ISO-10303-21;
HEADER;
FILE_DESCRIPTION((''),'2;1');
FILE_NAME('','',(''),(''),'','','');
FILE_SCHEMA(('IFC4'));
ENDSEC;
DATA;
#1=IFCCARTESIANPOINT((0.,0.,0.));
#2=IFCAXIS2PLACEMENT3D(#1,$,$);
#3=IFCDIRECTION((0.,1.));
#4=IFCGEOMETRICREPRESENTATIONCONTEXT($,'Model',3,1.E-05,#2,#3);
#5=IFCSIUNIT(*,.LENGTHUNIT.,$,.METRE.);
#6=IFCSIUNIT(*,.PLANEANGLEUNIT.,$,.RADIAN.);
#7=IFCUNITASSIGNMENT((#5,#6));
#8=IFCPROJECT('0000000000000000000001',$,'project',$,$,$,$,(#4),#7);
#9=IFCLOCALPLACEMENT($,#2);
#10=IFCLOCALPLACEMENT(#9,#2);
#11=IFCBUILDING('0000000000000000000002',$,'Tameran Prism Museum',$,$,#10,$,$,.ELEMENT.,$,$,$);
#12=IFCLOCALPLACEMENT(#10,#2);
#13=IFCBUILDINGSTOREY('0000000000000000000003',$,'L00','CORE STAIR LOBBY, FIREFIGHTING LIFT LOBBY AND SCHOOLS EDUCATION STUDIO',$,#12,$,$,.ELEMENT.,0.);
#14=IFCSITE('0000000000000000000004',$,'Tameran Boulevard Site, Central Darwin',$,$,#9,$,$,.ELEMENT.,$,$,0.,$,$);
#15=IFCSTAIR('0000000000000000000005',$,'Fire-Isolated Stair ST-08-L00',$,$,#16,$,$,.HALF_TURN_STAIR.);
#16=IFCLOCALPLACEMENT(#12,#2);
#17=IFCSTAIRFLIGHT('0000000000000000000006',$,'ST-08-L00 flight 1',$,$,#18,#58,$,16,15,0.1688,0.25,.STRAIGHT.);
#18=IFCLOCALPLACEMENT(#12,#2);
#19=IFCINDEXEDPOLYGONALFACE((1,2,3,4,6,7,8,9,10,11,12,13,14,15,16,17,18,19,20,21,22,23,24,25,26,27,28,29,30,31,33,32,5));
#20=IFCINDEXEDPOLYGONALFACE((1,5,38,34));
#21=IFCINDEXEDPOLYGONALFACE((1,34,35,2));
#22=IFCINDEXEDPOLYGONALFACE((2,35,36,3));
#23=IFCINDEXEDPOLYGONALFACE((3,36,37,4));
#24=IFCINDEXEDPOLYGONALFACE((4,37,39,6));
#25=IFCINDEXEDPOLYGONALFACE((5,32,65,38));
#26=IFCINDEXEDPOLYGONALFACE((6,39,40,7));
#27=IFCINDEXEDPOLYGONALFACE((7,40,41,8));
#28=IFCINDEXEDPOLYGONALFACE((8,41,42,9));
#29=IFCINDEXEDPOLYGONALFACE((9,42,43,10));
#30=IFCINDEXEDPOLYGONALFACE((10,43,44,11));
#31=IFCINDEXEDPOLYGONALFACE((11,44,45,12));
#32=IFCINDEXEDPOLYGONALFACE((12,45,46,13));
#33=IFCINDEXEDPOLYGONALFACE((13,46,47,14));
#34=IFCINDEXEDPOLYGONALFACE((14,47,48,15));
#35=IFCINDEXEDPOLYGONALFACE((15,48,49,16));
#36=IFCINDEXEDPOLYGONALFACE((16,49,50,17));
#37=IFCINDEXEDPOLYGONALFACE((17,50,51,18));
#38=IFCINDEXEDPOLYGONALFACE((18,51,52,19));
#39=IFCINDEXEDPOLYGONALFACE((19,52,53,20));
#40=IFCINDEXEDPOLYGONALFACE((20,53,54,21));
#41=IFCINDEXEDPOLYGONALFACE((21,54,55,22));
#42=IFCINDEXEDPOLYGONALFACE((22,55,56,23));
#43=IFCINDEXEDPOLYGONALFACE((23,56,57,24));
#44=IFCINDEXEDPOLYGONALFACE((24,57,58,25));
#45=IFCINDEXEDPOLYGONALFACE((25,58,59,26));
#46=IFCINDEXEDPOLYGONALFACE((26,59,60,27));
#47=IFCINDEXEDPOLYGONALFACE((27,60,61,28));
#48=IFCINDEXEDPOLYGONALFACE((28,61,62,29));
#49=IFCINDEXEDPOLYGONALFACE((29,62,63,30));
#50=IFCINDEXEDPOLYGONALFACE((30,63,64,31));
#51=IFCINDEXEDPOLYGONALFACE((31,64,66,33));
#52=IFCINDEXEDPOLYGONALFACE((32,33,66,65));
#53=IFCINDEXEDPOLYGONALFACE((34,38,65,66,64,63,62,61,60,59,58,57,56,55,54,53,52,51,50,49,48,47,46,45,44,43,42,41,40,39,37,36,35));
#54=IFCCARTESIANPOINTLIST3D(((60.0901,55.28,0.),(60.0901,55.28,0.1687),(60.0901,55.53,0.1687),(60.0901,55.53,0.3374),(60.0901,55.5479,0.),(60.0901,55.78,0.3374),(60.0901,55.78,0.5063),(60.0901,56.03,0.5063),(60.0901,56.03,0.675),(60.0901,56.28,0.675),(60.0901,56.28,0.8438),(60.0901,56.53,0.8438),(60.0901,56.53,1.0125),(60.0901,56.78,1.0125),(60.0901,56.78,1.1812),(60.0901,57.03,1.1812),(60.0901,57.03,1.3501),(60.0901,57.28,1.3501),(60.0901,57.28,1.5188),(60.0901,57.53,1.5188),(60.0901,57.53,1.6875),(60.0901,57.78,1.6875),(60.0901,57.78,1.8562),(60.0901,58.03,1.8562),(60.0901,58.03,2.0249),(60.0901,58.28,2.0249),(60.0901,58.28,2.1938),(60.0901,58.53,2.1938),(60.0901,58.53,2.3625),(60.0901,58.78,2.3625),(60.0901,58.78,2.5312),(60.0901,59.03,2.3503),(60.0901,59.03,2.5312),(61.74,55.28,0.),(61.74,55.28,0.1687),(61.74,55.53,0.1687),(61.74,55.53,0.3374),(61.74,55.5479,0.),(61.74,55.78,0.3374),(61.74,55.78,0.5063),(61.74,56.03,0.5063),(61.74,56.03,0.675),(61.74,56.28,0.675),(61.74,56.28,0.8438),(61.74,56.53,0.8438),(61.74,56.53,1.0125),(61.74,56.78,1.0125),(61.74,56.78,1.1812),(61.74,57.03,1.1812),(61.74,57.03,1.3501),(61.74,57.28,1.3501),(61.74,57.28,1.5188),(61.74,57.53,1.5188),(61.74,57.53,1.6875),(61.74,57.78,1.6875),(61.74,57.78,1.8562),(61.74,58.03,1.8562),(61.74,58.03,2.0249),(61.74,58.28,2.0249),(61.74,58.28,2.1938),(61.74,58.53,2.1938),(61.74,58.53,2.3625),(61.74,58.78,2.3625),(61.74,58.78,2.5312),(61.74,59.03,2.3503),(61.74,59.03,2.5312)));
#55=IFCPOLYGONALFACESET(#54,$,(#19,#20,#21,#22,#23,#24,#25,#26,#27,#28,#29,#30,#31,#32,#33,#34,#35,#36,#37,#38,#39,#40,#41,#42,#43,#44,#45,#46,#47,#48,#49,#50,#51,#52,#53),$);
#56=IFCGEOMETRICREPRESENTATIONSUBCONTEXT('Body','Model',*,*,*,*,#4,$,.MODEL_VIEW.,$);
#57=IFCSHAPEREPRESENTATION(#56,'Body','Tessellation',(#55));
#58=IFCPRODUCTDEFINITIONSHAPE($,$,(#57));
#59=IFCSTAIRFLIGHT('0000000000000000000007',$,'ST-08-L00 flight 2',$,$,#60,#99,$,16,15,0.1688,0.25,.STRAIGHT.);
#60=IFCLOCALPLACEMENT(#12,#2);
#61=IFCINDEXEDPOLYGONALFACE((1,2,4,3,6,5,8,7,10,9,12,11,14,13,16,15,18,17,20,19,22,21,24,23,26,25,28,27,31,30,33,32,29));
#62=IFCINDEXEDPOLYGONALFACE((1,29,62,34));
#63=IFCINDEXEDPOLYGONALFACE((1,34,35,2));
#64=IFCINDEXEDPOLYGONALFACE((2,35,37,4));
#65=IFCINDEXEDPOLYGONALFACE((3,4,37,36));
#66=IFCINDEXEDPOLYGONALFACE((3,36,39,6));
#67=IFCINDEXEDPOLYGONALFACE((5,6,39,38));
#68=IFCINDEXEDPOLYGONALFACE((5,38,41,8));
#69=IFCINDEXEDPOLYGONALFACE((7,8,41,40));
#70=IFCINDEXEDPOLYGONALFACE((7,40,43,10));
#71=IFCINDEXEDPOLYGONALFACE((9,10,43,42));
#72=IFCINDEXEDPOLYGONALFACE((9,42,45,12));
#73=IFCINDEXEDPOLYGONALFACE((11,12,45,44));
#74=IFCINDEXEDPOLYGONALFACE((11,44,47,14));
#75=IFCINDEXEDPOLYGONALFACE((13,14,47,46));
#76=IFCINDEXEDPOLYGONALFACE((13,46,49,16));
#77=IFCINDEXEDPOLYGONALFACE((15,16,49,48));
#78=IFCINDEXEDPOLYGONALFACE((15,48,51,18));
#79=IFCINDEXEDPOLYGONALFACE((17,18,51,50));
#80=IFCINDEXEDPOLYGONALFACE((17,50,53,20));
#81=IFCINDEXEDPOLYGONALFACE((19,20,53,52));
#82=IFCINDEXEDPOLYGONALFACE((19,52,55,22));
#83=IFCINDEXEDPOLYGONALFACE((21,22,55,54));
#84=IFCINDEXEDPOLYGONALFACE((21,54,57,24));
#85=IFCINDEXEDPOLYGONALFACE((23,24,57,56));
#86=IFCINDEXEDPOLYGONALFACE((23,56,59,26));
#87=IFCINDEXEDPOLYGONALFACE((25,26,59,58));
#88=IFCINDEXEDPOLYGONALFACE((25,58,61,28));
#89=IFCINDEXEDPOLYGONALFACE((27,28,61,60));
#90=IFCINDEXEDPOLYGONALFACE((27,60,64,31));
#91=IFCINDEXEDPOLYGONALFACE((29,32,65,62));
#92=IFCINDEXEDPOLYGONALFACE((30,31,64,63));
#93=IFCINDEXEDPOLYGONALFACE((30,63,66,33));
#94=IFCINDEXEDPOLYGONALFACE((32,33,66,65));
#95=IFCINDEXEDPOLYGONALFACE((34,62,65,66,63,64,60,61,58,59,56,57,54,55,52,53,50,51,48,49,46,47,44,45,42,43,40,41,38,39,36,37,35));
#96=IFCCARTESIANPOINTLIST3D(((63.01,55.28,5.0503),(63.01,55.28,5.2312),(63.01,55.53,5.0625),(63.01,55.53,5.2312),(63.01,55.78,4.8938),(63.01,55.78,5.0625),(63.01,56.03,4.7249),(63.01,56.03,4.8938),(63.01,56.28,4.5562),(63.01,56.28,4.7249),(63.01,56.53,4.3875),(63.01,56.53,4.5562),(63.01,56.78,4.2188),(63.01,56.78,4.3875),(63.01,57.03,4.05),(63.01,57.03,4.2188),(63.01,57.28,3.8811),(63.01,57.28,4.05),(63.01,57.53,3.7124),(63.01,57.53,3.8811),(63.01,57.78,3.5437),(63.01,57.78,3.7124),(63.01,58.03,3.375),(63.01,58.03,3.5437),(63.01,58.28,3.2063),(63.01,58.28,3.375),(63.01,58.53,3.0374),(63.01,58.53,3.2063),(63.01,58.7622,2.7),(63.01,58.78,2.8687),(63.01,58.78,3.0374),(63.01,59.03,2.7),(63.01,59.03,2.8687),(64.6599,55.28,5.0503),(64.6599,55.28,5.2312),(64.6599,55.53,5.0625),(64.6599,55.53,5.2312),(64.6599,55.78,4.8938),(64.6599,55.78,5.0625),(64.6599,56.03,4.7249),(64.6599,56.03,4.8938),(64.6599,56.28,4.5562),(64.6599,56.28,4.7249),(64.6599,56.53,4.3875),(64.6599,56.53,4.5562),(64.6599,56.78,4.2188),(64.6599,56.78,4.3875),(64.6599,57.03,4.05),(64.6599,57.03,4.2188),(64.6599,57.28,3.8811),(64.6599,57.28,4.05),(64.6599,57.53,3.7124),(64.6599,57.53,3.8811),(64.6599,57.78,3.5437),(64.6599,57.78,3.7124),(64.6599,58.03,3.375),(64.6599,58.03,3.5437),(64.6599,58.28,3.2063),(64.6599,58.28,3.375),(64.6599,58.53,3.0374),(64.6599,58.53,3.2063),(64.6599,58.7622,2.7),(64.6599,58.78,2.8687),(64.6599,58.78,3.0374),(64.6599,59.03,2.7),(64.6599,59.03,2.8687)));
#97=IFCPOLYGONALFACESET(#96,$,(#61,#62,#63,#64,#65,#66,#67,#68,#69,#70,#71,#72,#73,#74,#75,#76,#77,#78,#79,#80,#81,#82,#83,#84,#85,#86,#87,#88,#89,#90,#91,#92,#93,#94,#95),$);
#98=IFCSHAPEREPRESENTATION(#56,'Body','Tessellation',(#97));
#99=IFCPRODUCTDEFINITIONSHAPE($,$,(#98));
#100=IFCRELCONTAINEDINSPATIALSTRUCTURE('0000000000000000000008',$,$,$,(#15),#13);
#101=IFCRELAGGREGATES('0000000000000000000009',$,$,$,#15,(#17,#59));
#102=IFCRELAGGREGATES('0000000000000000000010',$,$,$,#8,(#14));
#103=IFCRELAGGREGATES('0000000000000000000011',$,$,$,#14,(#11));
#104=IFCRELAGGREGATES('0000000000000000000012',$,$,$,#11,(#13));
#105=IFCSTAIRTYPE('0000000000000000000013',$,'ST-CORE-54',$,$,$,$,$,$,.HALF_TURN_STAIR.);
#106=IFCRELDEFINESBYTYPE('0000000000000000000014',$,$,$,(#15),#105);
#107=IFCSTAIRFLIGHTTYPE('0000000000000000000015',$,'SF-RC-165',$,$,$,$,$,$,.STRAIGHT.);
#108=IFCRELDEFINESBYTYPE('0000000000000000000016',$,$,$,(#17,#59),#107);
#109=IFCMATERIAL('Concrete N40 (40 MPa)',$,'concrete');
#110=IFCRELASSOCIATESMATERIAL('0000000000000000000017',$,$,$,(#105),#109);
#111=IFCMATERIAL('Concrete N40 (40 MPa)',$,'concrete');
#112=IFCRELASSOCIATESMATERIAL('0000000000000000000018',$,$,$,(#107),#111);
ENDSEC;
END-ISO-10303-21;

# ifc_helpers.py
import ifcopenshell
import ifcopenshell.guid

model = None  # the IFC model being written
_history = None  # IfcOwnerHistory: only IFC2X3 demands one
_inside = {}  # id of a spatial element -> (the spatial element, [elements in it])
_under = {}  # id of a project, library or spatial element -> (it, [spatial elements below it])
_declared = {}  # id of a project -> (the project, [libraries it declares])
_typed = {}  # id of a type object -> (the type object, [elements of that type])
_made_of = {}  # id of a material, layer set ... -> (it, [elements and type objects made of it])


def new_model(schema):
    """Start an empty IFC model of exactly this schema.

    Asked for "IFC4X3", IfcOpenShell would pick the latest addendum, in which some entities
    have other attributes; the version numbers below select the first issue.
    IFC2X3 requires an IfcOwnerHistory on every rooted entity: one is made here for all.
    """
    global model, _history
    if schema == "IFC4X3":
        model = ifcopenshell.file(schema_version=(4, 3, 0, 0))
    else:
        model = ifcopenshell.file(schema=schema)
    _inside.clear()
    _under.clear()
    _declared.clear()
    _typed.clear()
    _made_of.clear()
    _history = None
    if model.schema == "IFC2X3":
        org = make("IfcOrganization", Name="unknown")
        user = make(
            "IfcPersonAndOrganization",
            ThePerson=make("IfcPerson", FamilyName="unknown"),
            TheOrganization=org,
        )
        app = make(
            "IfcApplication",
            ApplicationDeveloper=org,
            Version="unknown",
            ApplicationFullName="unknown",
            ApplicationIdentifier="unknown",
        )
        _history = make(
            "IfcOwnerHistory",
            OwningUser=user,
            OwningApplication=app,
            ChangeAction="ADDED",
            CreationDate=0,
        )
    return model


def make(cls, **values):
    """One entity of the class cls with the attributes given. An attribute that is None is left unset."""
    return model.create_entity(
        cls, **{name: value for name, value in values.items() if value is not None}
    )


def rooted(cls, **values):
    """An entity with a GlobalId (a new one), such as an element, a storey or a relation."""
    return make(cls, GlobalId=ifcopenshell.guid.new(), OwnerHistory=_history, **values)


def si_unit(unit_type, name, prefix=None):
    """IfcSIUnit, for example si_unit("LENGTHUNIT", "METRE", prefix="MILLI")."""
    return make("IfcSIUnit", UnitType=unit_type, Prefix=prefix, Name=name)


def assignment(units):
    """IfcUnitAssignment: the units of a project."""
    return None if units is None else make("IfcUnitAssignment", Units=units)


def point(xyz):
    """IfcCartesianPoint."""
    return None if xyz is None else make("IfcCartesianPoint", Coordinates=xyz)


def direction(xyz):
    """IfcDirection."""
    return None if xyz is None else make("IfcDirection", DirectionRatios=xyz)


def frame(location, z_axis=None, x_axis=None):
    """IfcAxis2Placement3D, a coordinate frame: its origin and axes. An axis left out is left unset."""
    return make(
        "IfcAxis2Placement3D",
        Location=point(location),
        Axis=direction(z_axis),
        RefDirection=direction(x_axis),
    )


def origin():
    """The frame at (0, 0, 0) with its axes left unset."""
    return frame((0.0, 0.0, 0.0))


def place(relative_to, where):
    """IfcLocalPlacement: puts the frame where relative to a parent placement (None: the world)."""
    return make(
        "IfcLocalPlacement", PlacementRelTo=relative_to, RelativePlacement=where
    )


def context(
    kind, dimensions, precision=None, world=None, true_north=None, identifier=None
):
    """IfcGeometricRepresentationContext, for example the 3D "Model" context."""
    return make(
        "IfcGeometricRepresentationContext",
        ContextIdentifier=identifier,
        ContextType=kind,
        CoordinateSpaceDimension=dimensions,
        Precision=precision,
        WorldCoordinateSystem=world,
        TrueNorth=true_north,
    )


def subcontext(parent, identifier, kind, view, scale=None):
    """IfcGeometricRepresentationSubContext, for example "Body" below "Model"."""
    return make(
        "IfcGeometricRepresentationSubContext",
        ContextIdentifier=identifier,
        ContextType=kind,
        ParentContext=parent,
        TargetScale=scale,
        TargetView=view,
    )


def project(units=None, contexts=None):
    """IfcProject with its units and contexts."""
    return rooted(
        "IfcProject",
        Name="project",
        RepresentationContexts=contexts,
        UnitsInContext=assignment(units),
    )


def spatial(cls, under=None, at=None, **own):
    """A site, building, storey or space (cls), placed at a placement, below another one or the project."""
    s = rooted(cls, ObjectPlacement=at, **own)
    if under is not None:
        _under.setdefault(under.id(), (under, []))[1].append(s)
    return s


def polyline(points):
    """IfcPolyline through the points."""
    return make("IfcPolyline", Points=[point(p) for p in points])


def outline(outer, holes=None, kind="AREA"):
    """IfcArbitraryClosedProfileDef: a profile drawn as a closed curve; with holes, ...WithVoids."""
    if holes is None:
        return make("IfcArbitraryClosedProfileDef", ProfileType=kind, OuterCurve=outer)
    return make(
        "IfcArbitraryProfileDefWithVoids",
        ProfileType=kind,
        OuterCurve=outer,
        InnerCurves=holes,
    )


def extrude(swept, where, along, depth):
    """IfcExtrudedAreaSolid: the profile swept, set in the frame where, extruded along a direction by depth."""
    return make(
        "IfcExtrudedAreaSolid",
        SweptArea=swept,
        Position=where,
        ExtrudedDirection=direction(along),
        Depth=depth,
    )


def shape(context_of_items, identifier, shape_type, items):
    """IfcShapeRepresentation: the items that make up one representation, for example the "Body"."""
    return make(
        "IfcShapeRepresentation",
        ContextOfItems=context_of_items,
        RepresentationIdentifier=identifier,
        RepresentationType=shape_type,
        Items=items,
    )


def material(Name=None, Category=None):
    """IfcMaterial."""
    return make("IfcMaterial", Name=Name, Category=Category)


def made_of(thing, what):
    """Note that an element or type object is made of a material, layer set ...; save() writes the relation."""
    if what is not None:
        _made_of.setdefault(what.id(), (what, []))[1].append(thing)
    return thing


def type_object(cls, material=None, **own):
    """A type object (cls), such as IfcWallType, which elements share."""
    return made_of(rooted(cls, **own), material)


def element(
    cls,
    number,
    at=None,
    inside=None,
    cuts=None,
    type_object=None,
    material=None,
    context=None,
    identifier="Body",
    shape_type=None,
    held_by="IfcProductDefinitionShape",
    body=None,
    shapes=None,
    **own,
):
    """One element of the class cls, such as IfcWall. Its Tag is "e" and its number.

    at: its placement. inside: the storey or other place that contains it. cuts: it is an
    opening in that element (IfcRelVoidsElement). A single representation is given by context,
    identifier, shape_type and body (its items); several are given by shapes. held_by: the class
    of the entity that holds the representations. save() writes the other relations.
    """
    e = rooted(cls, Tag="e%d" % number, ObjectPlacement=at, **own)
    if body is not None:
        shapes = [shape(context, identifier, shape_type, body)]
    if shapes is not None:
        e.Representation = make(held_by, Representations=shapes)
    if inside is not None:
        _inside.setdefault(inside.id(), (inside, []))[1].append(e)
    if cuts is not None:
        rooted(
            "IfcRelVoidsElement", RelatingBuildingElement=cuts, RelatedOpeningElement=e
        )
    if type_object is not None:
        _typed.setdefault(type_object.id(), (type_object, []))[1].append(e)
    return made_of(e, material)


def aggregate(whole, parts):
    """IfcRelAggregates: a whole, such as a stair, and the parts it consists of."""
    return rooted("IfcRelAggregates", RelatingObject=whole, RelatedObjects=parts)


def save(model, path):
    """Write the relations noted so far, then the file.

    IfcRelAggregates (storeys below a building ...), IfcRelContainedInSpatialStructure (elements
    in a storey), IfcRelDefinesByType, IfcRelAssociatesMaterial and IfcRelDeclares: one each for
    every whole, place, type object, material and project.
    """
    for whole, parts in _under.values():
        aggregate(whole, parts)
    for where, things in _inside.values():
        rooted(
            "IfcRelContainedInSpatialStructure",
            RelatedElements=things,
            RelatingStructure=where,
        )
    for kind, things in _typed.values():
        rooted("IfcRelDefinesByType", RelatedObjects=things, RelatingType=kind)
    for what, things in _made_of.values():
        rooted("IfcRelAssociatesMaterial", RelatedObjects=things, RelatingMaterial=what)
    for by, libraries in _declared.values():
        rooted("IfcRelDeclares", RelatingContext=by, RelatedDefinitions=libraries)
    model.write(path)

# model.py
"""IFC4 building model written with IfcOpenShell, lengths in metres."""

from ifc_helpers import new_model, si_unit, direction, frame, origin, place, context, subcontext, project, spatial, polyline, outline, extrude, material, type_object, element, aggregate, save


model = new_model("IFC4")

# Units and contexts
model_context = context("Model", 3, precision=1e-05, world=origin(), true_north=direction((0.0, 1.0)))
body_context = subcontext(model_context, "Body", "Model", "MODEL_VIEW")
ifc_project = project(units=[si_unit("LENGTHUNIT", "METRE"), si_unit("PLANEANGLEUNIT", "RADIAN")], contexts=[model_context])

# Site, building, storey
site_placement = place(None, origin())
site = spatial("IfcSite", under=ifc_project, at=site_placement, Name="Tameran Boulevard Site, Central Darwin", CompositionType="ELEMENT", RefElevation=0.0)
building_placement = place(site_placement, origin())
building = spatial("IfcBuilding", under=site, at=building_placement, Name="Tameran Prism Museum", CompositionType="ELEMENT")
storey_placement = place(building_placement, origin())
storey = spatial("IfcBuildingStorey", under=building, at=storey_placement, Name="L00", Description="CORE STAIR LOBBY, FIREFIGHTING LIFT LOBBY AND SCHOOLS EDUCATION STUDIO", CompositionType="ELEMENT", Elevation=0.0)

# Stair, stair flights
ifc_material_1 = material(Name="Concrete N40 (40 MPa)", Category="concrete")
stair_type = type_object("IfcStairType", Name="ST-CORE-54", PredefinedType="HALF_TURN_STAIR", material=ifc_material_1)
stair_placement = place(storey_placement, origin())
stair = element("IfcStair", 1, at=stair_placement, inside=storey, type_object=stair_type, Name="Fire-Isolated Stair ST-08-L00", PredefinedType="HALF_TURN_STAIR")
ifc_material_2 = material(Name="Concrete N40 (40 MPa)", Category="concrete")
stair_flight_type = type_object("IfcStairFlightType", Name="SF-RC-165", PredefinedType="STRAIGHT", material=ifc_material_2)
stair_flight_1_placement = place(storey_placement, frame((60.915, 55.28, 0.0), z_axis=(0.0, 0.0, 1.0), x_axis=(0.0, 1.0, 0.0)))
stair_flight_1 = element("IfcStairFlight", 2, at=stair_flight_1_placement, type_object=stair_flight_type, Name="ST-08-L00 flight 1", NumberOfRisers=16, NumberOfTreads=15, PredefinedType="STRAIGHT", RiserHeight=0.1688, TreadLength=0.25, context=body_context, shape_type="SweptSolid", body=[
    extrude(outline(polyline([(0.0, 0.0), (0.0, 0.1687), (0.25, 0.1687), (0.25, 0.3374), (0.5, 0.3374), (0.5, 0.5063), (0.75, 0.5063), (0.75, 0.675), (1.0, 0.675), (1.0, 0.8438), (1.25, 0.8438), (1.25, 1.0125), (1.5, 1.0125), (1.5, 1.1812), (1.75, 1.1812), (1.75, 1.3501), (2.0, 1.3501), (2.0, 1.5188), (2.25, 1.5188), (2.25, 1.6875), (2.5, 1.6875), (2.5, 1.8562), (2.75, 1.8562), (2.75, 2.0249), (3.0, 2.0249), (3.0, 2.1938), (3.25, 2.1938), (3.25, 2.3625), (3.5, 2.3625), (3.5, 2.5312), (3.75, 2.5312), (3.75, 2.7), (3.75, 2.3503), (0.2678, 0.0), (0.0, 0.0)])), frame((0.0, 0.825, 0.0), z_axis=(0.0, -1.0, 0.0), x_axis=(1.0, 0.0, 0.0)), (0.0, 0.0, 1.0), 1.6499),
])
stair_flight_2_placement = place(storey_placement, frame((63.835, 59.03, 2.7), z_axis=(0.0, 0.0, 1.0), x_axis=(0.0, -1.0, 0.0)))
stair_flight_2 = element("IfcStairFlight", 3, at=stair_flight_2_placement, type_object=stair_flight_type, Name="ST-08-L00 flight 2", NumberOfRisers=16, NumberOfTreads=15, PredefinedType="STRAIGHT", RiserHeight=0.1688, TreadLength=0.25, context=body_context, shape_type="SweptSolid", body=[
    extrude(outline(polyline([(0.0, 0.0), (0.0, 0.1687), (0.25, 0.1687), (0.25, 0.3374), (0.5, 0.3374), (0.5, 0.5063), (0.75, 0.5063), (0.75, 0.675), (1.0, 0.675), (1.0, 0.8438), (1.25, 0.8438), (1.25, 1.0125), (1.5, 1.0125), (1.5, 1.1812), (1.75, 1.1812), (1.75, 1.3501), (2.0, 1.3501), (2.0, 1.5188), (2.25, 1.5188), (2.25, 1.6875), (2.5, 1.6875), (2.5, 1.8562), (2.75, 1.8562), (2.75, 2.0249), (3.0, 2.0249), (3.0, 2.1938), (3.25, 2.1938), (3.25, 2.3625), (3.5, 2.3625), (3.5, 2.5312), (3.75, 2.5312), (3.75, 2.7), (3.75, 2.3503), (0.2678, 0.0), (0.0, 0.0)])), frame((0.0, 0.825, 0.0), z_axis=(0.0, -1.0, 0.0), x_axis=(1.0, 0.0, 0.0)), (0.0, 0.0, 1.0), 1.6499),
])
aggregate(stair, [stair_flight_1, stair_flight_2])

save(model, "model.ifc")
